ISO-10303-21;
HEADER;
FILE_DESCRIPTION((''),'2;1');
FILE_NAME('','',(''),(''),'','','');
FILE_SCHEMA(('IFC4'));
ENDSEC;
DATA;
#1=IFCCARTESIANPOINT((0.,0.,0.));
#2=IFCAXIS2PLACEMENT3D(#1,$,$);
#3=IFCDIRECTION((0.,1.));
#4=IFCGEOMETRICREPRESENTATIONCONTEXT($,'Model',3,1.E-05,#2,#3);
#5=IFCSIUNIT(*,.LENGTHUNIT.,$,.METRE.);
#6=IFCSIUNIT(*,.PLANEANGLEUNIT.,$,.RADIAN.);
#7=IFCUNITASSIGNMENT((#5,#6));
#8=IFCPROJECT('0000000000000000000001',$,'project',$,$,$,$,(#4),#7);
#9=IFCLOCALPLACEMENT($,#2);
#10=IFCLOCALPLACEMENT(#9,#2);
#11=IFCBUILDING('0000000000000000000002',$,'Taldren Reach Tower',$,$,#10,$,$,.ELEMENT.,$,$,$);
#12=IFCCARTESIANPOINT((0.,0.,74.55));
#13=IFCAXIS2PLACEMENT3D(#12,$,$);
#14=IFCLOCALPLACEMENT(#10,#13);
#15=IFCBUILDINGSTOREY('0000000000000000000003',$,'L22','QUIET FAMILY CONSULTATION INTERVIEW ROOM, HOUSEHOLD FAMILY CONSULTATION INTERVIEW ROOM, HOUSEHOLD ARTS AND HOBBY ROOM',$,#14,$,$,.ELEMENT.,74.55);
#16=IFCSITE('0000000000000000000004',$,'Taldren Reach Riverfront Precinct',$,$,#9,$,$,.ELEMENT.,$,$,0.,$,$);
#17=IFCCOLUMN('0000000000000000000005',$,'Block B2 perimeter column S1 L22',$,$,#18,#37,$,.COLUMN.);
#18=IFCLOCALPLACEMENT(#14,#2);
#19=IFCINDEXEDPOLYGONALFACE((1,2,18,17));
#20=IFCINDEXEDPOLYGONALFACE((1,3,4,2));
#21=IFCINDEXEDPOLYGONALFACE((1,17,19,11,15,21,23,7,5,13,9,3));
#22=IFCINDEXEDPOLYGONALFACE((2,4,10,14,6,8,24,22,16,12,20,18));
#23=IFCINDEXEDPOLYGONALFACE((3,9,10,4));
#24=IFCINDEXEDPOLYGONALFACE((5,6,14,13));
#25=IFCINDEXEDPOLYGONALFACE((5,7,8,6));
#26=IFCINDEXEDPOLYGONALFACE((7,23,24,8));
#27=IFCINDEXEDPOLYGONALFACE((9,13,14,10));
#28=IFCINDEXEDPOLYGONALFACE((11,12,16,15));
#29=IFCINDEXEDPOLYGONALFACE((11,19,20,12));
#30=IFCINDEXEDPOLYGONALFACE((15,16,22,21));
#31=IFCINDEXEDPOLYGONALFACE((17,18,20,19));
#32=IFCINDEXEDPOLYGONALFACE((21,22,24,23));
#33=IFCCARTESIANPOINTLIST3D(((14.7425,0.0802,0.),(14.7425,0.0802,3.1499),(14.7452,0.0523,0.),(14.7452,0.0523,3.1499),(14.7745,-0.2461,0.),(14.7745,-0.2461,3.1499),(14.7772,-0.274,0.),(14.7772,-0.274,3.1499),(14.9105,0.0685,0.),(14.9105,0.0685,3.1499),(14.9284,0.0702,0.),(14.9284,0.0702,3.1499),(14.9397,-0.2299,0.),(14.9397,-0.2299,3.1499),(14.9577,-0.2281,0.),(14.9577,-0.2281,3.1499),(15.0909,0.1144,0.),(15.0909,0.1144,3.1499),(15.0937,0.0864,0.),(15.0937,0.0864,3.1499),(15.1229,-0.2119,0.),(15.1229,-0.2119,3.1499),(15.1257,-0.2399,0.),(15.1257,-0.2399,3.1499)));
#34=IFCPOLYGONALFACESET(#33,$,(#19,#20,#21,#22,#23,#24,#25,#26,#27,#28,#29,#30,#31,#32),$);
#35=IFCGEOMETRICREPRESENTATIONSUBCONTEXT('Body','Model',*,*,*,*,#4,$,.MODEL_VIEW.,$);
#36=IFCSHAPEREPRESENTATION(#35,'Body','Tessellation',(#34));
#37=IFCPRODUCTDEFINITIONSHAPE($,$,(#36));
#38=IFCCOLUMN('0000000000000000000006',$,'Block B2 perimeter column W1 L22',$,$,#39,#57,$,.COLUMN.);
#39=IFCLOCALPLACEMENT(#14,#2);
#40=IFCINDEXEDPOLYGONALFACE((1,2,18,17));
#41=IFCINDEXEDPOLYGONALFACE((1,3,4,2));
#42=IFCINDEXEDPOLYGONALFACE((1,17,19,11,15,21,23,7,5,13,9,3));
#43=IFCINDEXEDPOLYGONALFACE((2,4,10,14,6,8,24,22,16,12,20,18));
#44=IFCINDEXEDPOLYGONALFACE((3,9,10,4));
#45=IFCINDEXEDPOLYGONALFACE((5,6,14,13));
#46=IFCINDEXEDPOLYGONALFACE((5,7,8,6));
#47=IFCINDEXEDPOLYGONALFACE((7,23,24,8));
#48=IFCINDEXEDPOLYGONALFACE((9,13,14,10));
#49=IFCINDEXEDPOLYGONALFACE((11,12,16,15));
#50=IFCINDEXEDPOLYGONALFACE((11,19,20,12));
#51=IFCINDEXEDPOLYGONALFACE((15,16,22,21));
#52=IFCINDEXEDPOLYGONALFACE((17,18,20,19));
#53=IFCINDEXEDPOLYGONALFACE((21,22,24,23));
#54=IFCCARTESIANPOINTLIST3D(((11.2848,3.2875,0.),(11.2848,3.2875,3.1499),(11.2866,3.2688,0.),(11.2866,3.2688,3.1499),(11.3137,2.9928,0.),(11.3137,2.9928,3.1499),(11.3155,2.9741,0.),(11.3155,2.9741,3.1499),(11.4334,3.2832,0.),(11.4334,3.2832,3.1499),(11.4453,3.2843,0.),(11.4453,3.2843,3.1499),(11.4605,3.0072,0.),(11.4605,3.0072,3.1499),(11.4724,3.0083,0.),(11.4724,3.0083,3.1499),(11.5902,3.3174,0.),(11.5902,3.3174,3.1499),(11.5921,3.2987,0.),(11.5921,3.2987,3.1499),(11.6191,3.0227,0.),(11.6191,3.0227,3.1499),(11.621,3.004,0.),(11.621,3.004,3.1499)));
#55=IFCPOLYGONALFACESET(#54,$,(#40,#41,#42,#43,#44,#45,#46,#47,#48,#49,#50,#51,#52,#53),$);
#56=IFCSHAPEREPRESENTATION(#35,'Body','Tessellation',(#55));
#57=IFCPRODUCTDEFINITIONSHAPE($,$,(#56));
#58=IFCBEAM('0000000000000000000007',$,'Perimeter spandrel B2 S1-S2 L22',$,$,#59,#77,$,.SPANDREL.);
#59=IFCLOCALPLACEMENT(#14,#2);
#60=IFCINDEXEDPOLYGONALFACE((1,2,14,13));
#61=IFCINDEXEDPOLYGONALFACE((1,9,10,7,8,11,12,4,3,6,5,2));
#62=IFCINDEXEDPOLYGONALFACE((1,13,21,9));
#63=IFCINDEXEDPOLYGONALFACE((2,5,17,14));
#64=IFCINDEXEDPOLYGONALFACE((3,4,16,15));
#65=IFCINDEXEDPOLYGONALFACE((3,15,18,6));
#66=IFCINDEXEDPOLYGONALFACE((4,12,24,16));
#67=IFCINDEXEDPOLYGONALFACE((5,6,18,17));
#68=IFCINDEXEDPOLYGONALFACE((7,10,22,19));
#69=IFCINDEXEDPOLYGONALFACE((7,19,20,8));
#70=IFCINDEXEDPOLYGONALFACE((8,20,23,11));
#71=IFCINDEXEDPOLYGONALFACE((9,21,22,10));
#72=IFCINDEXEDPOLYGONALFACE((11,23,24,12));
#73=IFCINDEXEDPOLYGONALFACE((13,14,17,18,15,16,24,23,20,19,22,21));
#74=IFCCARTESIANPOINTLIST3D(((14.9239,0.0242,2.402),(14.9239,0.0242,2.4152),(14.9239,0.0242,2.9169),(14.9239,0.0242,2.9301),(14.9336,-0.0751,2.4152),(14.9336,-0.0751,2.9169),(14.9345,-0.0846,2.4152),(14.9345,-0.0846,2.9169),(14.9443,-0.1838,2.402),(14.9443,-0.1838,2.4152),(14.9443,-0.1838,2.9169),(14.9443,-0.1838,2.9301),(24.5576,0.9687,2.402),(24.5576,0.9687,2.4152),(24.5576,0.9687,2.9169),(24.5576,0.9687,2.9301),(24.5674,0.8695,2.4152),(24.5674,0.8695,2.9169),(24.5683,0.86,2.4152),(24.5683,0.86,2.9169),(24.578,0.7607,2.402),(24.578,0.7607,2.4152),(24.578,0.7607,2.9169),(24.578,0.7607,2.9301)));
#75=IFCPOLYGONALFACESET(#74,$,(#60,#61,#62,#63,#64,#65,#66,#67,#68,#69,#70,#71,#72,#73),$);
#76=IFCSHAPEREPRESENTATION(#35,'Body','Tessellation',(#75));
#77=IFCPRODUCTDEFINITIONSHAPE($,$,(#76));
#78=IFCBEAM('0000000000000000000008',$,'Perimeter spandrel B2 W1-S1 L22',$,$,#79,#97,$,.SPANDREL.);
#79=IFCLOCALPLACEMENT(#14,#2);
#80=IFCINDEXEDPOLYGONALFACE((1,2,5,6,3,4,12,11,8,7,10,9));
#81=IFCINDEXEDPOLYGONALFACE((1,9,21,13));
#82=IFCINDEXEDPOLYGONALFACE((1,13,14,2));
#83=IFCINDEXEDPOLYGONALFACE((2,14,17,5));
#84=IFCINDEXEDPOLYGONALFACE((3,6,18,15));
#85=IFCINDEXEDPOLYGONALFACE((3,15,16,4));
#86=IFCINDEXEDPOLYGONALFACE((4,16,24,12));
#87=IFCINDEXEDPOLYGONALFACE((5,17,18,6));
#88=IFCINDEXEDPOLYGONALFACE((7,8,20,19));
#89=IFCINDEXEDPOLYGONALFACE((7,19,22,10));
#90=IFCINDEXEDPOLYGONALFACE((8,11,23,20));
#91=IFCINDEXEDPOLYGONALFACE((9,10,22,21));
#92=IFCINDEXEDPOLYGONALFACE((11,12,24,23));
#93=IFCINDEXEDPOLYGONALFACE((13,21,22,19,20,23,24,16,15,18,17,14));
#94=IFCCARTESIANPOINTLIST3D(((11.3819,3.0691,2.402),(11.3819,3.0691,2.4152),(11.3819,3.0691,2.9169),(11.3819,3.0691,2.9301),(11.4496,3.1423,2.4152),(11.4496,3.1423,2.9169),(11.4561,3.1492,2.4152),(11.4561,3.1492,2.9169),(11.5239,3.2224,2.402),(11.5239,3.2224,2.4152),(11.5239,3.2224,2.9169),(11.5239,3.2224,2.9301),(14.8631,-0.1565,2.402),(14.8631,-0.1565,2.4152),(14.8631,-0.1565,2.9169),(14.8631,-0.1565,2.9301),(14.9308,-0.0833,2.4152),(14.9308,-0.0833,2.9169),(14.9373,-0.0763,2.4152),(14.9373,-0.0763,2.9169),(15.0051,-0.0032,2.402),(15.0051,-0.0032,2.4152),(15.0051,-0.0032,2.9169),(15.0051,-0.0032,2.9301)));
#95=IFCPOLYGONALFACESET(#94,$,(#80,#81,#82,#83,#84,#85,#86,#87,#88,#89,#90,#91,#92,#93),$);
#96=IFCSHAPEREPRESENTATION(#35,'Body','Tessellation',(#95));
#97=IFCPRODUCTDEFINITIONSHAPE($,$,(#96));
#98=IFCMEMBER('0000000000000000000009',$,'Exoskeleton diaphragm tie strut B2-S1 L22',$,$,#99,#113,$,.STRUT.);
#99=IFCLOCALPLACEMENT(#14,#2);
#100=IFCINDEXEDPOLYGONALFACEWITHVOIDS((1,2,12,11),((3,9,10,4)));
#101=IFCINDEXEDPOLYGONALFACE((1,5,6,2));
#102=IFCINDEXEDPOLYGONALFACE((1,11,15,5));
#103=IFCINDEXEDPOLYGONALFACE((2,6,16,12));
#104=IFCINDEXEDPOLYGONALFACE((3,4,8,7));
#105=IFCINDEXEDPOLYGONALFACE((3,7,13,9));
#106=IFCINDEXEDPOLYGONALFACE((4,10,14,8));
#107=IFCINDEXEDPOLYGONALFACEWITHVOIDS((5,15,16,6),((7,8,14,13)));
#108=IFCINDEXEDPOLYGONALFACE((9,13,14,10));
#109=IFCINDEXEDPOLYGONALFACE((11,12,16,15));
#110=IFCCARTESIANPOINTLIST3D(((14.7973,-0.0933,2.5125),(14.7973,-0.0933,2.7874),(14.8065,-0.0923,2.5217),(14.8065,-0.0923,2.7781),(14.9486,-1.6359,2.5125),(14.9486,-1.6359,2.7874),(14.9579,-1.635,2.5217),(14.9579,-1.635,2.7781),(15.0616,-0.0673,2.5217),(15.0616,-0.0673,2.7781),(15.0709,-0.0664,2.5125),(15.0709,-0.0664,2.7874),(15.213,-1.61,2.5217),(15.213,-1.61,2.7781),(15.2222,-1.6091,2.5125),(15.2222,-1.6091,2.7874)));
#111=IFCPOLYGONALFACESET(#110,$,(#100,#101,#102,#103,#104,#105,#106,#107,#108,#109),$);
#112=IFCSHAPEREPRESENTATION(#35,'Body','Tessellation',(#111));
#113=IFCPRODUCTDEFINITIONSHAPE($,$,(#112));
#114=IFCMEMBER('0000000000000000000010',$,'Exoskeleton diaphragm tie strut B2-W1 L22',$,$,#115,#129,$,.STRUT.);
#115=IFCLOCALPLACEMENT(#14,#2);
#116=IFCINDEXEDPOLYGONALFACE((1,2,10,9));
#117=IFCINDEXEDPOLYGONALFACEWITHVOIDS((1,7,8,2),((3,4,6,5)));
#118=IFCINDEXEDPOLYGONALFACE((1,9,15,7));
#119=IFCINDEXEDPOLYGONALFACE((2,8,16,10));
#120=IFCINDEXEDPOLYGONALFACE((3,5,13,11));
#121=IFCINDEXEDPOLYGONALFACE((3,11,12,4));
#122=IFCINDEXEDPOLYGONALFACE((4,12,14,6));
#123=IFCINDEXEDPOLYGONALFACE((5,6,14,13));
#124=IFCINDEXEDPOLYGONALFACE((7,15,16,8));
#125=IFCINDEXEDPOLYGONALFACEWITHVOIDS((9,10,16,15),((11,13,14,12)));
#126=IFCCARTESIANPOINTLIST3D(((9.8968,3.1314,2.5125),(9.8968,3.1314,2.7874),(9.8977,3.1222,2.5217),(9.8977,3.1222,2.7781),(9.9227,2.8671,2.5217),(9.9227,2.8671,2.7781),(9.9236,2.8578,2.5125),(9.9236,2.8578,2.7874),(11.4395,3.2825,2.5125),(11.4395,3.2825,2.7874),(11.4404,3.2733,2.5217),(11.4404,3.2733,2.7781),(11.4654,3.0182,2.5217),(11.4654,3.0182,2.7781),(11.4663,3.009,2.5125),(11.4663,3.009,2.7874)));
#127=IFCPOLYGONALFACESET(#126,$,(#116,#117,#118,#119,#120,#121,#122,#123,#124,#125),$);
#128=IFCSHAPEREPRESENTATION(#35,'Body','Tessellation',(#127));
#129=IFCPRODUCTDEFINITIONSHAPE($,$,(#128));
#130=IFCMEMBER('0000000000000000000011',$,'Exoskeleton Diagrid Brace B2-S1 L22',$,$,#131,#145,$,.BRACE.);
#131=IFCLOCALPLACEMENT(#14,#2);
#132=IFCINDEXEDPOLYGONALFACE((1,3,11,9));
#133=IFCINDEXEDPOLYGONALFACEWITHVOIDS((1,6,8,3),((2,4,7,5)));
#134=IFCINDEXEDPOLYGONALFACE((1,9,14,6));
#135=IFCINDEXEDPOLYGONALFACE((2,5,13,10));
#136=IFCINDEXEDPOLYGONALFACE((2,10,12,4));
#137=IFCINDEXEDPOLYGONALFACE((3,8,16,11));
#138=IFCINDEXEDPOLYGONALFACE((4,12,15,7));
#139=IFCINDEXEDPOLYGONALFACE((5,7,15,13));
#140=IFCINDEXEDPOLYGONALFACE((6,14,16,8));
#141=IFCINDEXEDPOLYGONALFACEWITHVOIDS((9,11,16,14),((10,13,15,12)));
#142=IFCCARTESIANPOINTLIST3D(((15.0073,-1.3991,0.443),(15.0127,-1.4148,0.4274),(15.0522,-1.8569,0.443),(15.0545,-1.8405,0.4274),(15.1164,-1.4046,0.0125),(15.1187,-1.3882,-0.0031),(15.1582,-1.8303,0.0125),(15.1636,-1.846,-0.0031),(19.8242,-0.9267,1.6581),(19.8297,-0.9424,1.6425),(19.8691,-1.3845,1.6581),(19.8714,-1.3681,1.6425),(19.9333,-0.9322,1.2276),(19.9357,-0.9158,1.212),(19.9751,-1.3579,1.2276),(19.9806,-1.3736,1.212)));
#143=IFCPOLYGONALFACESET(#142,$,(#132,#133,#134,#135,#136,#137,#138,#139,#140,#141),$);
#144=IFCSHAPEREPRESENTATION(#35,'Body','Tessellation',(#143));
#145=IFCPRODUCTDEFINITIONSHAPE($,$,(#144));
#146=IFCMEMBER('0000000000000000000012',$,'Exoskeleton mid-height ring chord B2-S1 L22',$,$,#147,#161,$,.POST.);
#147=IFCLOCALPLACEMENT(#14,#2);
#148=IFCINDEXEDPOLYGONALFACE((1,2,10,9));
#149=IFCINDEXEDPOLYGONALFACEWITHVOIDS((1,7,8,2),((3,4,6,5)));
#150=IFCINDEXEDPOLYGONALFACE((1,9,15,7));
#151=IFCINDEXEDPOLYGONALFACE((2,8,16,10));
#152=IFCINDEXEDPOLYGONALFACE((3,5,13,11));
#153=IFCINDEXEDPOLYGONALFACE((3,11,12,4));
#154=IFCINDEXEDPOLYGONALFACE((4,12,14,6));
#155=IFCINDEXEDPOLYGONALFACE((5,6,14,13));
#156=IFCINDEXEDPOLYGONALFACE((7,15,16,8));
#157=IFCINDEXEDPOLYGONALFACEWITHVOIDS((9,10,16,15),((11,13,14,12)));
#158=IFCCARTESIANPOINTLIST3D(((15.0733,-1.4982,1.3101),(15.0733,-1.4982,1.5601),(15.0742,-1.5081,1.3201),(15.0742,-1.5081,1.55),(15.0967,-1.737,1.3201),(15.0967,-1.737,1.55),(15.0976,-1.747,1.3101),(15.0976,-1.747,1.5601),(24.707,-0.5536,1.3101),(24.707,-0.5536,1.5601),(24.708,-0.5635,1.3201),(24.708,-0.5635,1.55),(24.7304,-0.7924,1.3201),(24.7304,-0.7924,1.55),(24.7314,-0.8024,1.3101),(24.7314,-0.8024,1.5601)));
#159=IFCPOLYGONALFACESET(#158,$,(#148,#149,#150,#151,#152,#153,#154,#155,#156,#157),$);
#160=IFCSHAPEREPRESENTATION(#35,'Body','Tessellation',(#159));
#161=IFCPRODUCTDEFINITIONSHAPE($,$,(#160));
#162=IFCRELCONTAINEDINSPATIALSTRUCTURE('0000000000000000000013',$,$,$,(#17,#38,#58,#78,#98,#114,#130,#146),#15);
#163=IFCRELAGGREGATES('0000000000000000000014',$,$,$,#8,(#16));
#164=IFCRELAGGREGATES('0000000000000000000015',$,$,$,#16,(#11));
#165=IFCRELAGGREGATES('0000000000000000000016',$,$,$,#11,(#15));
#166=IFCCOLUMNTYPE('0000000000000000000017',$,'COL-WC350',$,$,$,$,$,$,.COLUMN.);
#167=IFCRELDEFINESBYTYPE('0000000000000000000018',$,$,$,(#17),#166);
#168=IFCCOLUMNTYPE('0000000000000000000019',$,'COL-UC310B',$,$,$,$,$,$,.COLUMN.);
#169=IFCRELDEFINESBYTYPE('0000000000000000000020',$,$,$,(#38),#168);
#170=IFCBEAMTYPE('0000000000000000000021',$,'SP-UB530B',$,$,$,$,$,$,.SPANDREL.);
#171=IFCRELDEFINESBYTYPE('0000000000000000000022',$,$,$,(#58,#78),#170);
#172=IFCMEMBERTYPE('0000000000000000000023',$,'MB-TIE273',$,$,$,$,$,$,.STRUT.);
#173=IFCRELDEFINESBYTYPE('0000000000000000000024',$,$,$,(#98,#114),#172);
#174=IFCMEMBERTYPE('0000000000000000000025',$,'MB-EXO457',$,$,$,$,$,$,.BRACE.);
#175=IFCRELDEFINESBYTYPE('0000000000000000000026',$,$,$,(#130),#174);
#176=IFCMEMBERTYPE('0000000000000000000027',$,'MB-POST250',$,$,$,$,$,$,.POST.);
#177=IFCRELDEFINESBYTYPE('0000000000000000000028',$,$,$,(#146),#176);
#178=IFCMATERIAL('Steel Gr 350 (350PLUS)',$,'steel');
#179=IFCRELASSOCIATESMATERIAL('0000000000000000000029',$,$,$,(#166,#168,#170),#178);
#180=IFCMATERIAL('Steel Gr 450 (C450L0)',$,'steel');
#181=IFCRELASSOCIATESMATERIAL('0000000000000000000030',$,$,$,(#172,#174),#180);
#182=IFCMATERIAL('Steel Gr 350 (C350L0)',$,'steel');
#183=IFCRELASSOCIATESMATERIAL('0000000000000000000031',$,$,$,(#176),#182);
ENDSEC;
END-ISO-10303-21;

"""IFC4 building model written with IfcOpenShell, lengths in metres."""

from ifc_helpers import new_model, si_unit, direction, frame, origin, origin_2d, place, context, subcontext, project, spatial, hollow_rectangle, i_section, extrude, source, transform, mapped, material, material_profile, profile_set, type_object, element, save


model = new_model("IFC4")

# Units and contexts
model_context = context("Model", 3, precision=1e-05, world=origin(), true_north=direction((0.0, 1.0)))
body_context = subcontext(model_context, "Body", "Model", "MODEL_VIEW")
ifc_project = project(units=[si_unit("LENGTHUNIT", "METRE"), si_unit("PLANEANGLEUNIT", "RADIAN")], contexts=[model_context])

# Site, building, storey
site_placement = place(None, origin())
site = spatial("IfcSite", under=ifc_project, at=site_placement, Name="Taldren Reach Riverfront Precinct", CompositionType="ELEMENT", RefElevation=0.0)
building_placement = place(site_placement, origin())
building = spatial("IfcBuilding", under=site, at=building_placement, Name="Taldren Reach Tower", CompositionType="ELEMENT")
storey_placement = place(building_placement, frame((0.0, 0.0, 74.55)))
storey = spatial("IfcBuildingStorey", under=building, at=storey_placement, Name="L22", Description="QUIET FAMILY CONSULTATION INTERVIEW ROOM, HOUSEHOLD FAMILY CONSULTATION INTERVIEW ROOM, HOUSEHOLD ARTS AND HOBBY ROOM", CompositionType="ELEMENT", Elevation=74.55)

# Columns
ifc_material_1 = material(Name="Steel Gr 350 (350PLUS)", Category="steel")
ifc_material_profile_1 = material_profile(ifc_material_1, i_section(OverallWidth=0.3501, OverallDepth=0.356, WebThickness=0.0181, FlangeThickness=0.0281, at=origin_2d()), Name="350WC197")
ifc_profile_set_1 = profile_set([ifc_material_profile_1], Name="Steel Gr 350 (350PLUS)")
column_type_1 = type_object("IfcColumnType", Name="COL-WC350", PredefinedType="COLUMN", material=ifc_profile_set_1)
shared_shape_1 = source(origin(), body_context, "Body", "SweptSolid", [
    extrude(i_section(OverallWidth=0.3501, OverallDepth=0.356, WebThickness=0.0181, FlangeThickness=0.0281, at=origin_2d()), origin(), (0.0, 0.0, 1.0), 3.1499),
])
column_1_placement = place(storey_placement, frame((14.9341, -0.0798, 0.0), z_axis=(0.0, 0.0, 1.0), x_axis=(0.995227, 0.097583, 0.0)))
element("IfcColumn", 1, at=column_1_placement, inside=storey, type_object=column_type_1, Name="Block B2 perimeter column S1 L22", PredefinedType="COLUMN", context=body_context, shape_type="MappedRepresentation", body=[
    mapped(shared_shape_1, transform((0.0, 0.0, 0.0), scale=1.0)),
])
ifc_material_profile_2 = material_profile(ifc_material_1, i_section(OverallWidth=0.3069, OverallDepth=0.3149, WebThickness=0.012, FlangeThickness=0.0188, at=origin_2d()), Name="310UC118")
ifc_profile_set_2 = profile_set([ifc_material_profile_2], Name="Steel Gr 350 (350PLUS)")
column_type_2 = type_object("IfcColumnType", Name="COL-UC310B", PredefinedType="COLUMN", material=ifc_profile_set_2)
shared_shape_2 = source(origin(), body_context, "Body", "SweptSolid", [
    extrude(i_section(OverallWidth=0.3069, OverallDepth=0.3149, WebThickness=0.012, FlangeThickness=0.0188, at=origin_2d()), origin(), (0.0, 0.0, 1.0), 3.1499),
])
column_2_placement = place(storey_placement, frame((11.4529, 3.1458, 0.0), z_axis=(0.0, 0.0, 1.0), x_axis=(0.995227, 0.097583, 0.0)))
element("IfcColumn", 2, at=column_2_placement, inside=storey, type_object=column_type_2, Name="Block B2 perimeter column W1 L22", PredefinedType="COLUMN", context=body_context, shape_type="MappedRepresentation", body=[
    mapped(shared_shape_2, transform((0.0, 0.0, 0.0), scale=1.0)),
])

# Beams
ifc_material_profile_3 = material_profile(ifc_material_1, i_section(OverallWidth=0.209, OverallDepth=0.5281, WebThickness=0.0095, FlangeThickness=0.0132, at=origin_2d()), Name="530UB82.0")
ifc_profile_set_3 = profile_set([ifc_material_profile_3], Name="Steel Gr 350 (350PLUS)")
beam_type = type_object("IfcBeamType", Name="SP-UB530B", PredefinedType="SPANDREL", material=ifc_profile_set_3)
shared_shape_3 = source(origin(), body_context, "Body", "SweptSolid", [
    extrude(i_section(OverallWidth=0.209, OverallDepth=0.5281, WebThickness=0.0095, FlangeThickness=0.0132, at=origin_2d()), origin(), (0.0, 0.0, 1.0), 9.6799),
])
beam_1_placement = place(storey_placement, frame((14.9341, -0.0798, 2.666), z_axis=(0.995228, 0.097581, 0.0), x_axis=(-0.097581, 0.995228, 0.0)))
element("IfcBeam", 3, at=beam_1_placement, inside=storey, type_object=beam_type, Name="Perimeter spandrel B2 S1-S2 L22", PredefinedType="SPANDREL", context=body_context, shape_type="MappedRepresentation", body=[
    mapped(shared_shape_3, transform((0.0, 0.0, 0.0), scale=1.0)),
])
shared_shape_4 = source(origin(), body_context, "Body", "SweptSolid", [
    extrude(i_section(OverallWidth=0.209, OverallDepth=0.5281, WebThickness=0.0095, FlangeThickness=0.0132, at=origin_2d()), origin(), (0.0, 0.0, 1.0), 4.7458),
])
beam_2_placement = place(storey_placement, frame((11.4529, 3.1458, 2.666), z_axis=(0.733524, -0.679663, 0.0), x_axis=(0.679663, 0.733524, 0.0)))
element("IfcBeam", 4, at=beam_2_placement, inside=storey, type_object=beam_type, Name="Perimeter spandrel B2 W1-S1 L22", PredefinedType="SPANDREL", context=body_context, shape_type="MappedRepresentation", body=[
    mapped(shared_shape_4, transform((0.0, 0.0, 0.0), scale=1.0)),
])

# Members
ifc_material_2 = material(Name="Steel Gr 450 (C450L0)", Category="steel")
ifc_material_profile_4 = material_profile(ifc_material_2, hollow_rectangle(XDim=0.2749, YDim=0.2749, WallThickness=0.0093, at=origin_2d()), Name="275x275x9.3SHS")
ifc_profile_set_4 = profile_set([ifc_material_profile_4], Name="Steel Gr 450 (C450L0)")
member_type_1 = type_object("IfcMemberType", Name="MB-TIE273", PredefinedType="STRUT", material=ifc_profile_set_4)
shared_shape_5 = source(origin(), body_context, "Body", "SweptSolid", [
    extrude(hollow_rectangle(XDim=0.2749, YDim=0.2749, WallThickness=0.0093, at=origin_2d()), origin(), (0.0, 0.0, 1.0), 1.55),
])
for number, where, z_axis, x_axis, name in (
    (5, (14.9341, -0.0798, 2.6499), (0.097648, -0.995221, 0.0), (0.995221, 0.097648, 0.0), "Exoskeleton diaphragm tie strut B2-S1 L22"),
    (6, (11.4529, 3.1458, 2.6499), (-0.995236, -0.097492, 0.0), (0.097492, -0.995236, 0.0), "Exoskeleton diaphragm tie strut B2-W1 L22"),
):
    element("IfcMember", number, at=place(storey_placement, frame(where, z_axis=z_axis, x_axis=x_axis)), inside=storey, type_object=member_type_1, Name=name, PredefinedType="STRUT", context=body_context, shape_type="MappedRepresentation", body=[
        mapped(shared_shape_5, transform((0.0, 0.0, 0.0), scale=1.0)),
    ])
ifc_material_profile_5 = material_profile(ifc_material_2, hollow_rectangle(XDim=0.46, YDim=0.46, WallThickness=0.0161, at=origin_2d()), Name="460x460x16.0SHS")
ifc_profile_set_5 = profile_set([ifc_material_profile_5], Name="Steel Gr 450 (C450L0)")
member_type_2 = type_object("IfcMemberType", Name="MB-EXO457", PredefinedType="BRACE", material=ifc_profile_set_5)
shared_shape_6 = source(origin(), body_context, "Body", "SweptSolid", [
    extrude(hollow_rectangle(XDim=0.46, YDim=0.46, WallThickness=0.0161, at=origin_2d()), origin(), (0.0, 0.0, 1.0), 4.9902),
])
member_1_placement = place(storey_placement, frame((15.0854, -1.6226, 0.22), z_axis=(0.965271, 0.094668, 0.243495), x_axis=(-0.097606, 0.995225, 0.0)))
element("IfcMember", 7, at=member_1_placement, inside=storey, type_object=member_type_2, Name="Exoskeleton Diagrid Brace B2-S1 L22", PredefinedType="BRACE", context=body_context, shape_type="MappedRepresentation", body=[
    mapped(shared_shape_6, transform((0.0, 0.0, 0.0), scale=1.0)),
])
ifc_material_3 = material(Name="Steel Gr 350 (C350L0)", Category="steel")
ifc_material_profile_6 = material_profile(ifc_material_3, hollow_rectangle(XDim=0.25, YDim=0.25, WallThickness=0.01, at=origin_2d()), Name="250x250x10.0SHS")
ifc_profile_set_6 = profile_set([ifc_material_profile_6], Name="Steel Gr 350 (C350L0)")
member_type_3 = type_object("IfcMemberType", Name="MB-POST250", PredefinedType="POST", material=ifc_profile_set_6)
shared_shape_7 = source(origin(), body_context, "Body", "SweptSolid", [
    extrude(hollow_rectangle(XDim=0.25, YDim=0.25, WallThickness=0.01, at=origin_2d()), origin(), (0.0, 0.0, 1.0), 9.6799),
])
member_2_placement = place(storey_placement, frame((15.0854, -1.6226, 1.4351), z_axis=(0.995228, 0.097581, 0.0), x_axis=(-0.097581, 0.995228, 0.0)))
element("IfcMember", 8, at=member_2_placement, inside=storey, type_object=member_type_3, Name="Exoskeleton mid-height ring chord B2-S1 L22", PredefinedType="POST", context=body_context, shape_type="MappedRepresentation", body=[
    mapped(shared_shape_7, transform((0.0, 0.0, 0.0), scale=1.0)),
])

save(model, "model.ifc")
